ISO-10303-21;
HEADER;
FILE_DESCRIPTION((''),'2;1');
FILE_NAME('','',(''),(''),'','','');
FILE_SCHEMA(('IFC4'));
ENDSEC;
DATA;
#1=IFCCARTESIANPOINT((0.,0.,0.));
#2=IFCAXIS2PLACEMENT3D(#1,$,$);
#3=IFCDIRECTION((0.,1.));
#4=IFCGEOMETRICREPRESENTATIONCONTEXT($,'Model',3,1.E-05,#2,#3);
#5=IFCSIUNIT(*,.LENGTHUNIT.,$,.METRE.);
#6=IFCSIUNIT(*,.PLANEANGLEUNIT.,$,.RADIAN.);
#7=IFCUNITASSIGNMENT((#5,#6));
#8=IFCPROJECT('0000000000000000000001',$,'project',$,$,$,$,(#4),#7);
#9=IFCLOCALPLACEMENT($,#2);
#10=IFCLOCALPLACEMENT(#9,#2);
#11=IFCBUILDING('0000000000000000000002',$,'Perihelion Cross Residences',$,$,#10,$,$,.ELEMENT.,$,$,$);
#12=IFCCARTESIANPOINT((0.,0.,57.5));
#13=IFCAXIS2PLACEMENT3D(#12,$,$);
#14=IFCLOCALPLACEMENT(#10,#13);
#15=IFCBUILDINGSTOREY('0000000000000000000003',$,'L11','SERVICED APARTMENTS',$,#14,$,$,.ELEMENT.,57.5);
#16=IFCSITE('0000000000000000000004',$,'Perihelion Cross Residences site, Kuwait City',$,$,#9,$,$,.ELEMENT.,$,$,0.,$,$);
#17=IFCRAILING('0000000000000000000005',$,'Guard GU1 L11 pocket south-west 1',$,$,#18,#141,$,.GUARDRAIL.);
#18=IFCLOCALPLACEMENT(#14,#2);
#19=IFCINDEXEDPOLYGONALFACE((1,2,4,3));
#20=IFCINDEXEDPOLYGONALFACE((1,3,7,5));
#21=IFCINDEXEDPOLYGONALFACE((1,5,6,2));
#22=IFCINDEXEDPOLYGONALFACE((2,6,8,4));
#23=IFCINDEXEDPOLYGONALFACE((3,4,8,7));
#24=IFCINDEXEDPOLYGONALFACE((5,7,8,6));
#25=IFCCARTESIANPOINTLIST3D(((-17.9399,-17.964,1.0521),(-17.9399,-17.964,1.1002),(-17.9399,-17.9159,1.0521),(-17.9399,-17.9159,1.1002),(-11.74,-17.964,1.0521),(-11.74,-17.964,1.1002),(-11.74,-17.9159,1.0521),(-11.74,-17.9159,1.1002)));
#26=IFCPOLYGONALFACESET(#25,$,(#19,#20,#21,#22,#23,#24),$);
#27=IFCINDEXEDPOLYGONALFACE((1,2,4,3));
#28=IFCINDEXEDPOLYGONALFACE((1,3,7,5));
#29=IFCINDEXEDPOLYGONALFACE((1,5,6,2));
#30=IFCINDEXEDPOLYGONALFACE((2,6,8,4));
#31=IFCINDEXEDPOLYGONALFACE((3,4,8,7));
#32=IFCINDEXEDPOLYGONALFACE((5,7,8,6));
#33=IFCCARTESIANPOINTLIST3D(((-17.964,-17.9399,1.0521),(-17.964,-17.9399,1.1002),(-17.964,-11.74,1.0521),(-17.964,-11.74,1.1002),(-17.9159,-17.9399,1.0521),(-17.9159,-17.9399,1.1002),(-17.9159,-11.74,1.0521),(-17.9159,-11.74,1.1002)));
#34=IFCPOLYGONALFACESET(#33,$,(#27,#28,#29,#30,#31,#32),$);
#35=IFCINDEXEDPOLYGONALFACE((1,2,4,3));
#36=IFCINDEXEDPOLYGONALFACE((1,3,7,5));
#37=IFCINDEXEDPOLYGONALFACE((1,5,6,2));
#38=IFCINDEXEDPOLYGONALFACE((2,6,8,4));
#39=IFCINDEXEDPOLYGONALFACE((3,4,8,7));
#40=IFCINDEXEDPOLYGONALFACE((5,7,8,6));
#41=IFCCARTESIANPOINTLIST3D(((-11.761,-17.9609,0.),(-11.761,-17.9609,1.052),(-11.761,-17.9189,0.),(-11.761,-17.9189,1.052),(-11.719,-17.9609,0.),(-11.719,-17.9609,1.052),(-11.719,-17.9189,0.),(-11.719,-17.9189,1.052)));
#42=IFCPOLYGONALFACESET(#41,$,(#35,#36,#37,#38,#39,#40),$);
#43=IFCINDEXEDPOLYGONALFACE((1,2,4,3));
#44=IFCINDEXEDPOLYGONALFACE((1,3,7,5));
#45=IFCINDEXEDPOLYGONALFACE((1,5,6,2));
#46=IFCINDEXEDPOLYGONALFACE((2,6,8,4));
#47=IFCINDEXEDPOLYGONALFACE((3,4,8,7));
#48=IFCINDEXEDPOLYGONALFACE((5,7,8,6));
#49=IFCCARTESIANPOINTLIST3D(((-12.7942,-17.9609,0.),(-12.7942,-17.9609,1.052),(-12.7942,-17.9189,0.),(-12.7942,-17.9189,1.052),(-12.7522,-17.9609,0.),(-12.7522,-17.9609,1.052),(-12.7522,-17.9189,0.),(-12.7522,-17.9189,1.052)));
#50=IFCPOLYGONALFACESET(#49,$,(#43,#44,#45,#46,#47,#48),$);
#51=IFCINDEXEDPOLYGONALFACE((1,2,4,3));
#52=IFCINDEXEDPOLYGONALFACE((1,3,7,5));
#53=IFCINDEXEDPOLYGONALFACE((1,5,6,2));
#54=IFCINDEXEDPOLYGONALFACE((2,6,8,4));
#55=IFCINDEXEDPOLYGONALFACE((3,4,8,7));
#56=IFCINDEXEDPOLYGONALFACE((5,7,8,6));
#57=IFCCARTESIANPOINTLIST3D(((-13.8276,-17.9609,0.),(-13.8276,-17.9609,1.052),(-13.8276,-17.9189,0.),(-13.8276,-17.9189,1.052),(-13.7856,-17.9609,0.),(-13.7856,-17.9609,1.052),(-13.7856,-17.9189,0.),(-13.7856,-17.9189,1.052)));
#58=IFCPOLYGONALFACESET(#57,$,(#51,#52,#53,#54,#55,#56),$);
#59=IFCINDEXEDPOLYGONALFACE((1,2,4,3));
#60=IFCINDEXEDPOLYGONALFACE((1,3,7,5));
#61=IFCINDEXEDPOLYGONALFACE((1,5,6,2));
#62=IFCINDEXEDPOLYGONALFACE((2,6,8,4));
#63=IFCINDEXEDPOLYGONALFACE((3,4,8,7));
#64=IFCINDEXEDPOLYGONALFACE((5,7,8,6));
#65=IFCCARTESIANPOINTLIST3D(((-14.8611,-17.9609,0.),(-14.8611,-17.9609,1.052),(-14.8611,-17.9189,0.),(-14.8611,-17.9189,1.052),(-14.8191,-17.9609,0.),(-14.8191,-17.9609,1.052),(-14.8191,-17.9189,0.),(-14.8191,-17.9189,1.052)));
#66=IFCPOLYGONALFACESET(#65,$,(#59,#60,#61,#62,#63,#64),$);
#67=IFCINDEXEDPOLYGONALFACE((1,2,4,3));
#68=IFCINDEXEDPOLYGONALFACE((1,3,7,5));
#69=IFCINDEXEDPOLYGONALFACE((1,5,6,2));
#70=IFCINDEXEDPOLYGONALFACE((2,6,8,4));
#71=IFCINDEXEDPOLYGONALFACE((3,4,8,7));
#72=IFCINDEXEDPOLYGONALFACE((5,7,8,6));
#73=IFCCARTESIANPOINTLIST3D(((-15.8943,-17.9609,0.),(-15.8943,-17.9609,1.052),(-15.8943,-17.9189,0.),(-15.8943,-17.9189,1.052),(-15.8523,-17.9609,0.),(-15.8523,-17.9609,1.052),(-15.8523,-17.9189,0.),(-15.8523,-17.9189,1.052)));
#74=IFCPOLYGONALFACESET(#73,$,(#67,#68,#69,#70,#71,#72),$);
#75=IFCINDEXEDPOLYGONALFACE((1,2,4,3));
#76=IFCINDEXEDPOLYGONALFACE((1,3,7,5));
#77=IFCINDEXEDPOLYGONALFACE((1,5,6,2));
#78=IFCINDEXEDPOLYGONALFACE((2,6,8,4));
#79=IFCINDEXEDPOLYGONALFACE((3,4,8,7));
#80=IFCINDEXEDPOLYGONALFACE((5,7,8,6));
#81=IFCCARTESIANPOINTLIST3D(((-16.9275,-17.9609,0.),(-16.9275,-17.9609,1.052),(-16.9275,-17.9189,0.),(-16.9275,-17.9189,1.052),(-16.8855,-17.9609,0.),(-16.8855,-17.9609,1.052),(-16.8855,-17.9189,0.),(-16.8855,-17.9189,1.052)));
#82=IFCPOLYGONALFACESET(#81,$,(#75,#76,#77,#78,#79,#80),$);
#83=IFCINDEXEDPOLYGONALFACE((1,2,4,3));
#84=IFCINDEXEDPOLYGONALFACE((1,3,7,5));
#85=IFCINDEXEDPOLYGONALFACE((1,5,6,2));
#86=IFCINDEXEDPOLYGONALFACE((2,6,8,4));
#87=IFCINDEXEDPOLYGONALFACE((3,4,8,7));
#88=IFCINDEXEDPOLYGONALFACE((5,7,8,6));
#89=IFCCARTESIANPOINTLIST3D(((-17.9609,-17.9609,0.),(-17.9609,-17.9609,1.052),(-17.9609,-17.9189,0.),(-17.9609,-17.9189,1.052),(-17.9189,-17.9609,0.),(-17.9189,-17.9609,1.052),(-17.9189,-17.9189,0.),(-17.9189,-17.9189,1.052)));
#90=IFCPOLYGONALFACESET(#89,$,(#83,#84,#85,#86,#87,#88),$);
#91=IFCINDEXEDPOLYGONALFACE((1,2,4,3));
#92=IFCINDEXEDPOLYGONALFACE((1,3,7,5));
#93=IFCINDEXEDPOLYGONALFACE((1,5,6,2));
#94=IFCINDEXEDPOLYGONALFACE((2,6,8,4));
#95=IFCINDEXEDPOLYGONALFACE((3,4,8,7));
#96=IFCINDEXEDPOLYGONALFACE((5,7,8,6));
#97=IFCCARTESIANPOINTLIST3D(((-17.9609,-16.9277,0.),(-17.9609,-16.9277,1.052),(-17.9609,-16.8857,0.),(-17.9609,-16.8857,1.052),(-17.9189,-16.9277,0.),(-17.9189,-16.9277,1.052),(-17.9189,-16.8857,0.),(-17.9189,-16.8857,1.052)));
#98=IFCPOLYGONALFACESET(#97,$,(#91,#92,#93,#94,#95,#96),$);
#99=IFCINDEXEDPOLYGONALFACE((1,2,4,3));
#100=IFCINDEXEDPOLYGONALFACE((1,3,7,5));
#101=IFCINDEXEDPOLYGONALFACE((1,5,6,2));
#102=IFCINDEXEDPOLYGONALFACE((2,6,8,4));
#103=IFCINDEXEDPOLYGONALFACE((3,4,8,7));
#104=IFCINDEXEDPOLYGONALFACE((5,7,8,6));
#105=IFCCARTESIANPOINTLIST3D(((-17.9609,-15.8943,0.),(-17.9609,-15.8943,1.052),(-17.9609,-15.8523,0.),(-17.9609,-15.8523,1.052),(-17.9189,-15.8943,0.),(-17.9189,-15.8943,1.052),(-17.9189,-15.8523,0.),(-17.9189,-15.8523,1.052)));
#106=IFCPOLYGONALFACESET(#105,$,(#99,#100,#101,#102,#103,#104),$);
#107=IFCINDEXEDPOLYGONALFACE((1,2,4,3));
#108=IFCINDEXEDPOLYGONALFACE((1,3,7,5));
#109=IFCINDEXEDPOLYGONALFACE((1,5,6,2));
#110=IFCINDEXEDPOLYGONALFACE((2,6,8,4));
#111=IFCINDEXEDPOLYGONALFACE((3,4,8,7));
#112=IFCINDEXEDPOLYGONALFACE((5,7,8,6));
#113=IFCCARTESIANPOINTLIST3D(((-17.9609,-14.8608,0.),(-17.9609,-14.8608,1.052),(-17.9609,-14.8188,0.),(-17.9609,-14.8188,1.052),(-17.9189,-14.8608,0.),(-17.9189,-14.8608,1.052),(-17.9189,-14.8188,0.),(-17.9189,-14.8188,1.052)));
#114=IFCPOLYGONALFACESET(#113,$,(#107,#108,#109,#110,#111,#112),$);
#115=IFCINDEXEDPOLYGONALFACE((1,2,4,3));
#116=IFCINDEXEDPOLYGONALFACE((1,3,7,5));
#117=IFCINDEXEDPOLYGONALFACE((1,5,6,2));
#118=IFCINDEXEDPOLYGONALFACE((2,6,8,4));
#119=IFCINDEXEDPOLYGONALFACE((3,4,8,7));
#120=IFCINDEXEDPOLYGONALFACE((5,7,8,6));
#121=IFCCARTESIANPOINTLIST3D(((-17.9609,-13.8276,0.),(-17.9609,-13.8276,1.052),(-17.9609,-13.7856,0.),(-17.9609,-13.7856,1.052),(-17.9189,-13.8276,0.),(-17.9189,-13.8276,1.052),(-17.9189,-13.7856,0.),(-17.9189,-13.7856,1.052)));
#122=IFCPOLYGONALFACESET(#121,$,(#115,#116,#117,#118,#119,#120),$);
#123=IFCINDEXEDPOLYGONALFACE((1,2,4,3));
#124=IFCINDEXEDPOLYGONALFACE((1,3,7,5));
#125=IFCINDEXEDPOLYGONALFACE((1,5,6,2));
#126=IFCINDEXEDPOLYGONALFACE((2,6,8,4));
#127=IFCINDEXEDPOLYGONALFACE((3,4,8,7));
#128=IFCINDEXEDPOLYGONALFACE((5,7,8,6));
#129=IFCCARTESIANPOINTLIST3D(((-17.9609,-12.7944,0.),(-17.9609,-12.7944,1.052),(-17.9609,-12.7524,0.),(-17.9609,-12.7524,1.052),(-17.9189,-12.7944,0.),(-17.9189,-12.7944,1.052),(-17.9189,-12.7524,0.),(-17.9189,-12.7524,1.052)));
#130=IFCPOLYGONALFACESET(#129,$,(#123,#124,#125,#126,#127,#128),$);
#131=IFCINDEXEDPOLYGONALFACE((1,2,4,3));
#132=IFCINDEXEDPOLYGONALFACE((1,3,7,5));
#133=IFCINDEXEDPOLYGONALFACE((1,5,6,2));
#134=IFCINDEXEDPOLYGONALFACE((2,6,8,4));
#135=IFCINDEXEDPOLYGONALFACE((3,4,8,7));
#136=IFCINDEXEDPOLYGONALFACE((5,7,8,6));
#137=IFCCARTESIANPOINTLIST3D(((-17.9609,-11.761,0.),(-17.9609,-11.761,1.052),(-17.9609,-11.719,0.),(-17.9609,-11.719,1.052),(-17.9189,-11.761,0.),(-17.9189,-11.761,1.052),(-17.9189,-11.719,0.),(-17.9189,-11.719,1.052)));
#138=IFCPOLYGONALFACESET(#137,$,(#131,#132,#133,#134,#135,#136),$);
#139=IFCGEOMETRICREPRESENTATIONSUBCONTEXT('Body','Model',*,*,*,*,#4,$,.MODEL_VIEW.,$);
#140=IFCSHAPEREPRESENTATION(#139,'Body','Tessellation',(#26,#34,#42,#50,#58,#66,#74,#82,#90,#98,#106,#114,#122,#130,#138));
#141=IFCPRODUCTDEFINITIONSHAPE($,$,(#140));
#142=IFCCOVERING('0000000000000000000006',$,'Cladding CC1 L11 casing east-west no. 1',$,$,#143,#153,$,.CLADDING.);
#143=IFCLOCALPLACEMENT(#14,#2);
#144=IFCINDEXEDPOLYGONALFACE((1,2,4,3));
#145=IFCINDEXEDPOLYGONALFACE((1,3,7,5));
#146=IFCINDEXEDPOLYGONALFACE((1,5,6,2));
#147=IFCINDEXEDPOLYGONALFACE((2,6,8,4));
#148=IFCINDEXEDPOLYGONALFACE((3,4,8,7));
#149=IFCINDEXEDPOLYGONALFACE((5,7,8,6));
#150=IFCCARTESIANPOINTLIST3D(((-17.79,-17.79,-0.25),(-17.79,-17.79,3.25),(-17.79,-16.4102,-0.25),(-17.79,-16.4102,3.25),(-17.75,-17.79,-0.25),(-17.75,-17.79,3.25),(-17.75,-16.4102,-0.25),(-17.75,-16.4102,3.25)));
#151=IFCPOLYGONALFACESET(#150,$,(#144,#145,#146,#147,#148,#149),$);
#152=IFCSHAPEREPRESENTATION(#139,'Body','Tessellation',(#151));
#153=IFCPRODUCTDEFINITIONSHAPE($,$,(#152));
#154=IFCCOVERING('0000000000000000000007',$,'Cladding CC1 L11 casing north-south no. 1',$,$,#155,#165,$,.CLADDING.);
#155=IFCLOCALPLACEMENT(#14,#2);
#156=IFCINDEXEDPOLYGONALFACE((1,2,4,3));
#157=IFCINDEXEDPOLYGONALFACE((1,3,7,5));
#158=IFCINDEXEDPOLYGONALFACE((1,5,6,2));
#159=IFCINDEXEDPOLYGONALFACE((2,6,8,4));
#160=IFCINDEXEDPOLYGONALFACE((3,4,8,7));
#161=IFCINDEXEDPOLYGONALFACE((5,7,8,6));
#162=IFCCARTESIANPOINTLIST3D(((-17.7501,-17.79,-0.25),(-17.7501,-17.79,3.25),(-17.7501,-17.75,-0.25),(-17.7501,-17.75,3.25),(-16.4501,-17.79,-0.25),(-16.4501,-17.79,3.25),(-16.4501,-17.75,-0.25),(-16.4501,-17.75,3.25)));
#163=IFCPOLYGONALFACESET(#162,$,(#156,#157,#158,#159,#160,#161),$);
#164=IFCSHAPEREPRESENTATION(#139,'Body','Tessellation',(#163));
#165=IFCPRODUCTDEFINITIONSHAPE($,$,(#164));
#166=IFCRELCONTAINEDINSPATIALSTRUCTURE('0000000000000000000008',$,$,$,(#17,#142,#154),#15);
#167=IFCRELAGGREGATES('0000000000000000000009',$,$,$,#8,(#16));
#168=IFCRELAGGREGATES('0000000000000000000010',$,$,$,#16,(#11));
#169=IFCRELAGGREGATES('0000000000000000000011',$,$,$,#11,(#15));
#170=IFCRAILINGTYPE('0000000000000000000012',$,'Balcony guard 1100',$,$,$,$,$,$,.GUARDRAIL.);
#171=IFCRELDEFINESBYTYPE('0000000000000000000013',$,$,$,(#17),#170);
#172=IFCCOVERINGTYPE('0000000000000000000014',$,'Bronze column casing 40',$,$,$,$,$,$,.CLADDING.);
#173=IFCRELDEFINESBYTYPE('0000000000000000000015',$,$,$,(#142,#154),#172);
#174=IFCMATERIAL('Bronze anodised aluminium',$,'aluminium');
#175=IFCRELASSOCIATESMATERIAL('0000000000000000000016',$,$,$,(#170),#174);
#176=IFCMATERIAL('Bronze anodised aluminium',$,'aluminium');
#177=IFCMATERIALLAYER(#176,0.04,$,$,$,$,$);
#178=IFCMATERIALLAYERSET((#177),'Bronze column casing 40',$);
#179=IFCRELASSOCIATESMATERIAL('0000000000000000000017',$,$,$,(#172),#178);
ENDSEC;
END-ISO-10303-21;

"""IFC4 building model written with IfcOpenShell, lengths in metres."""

from ifc_helpers import new_model, si_unit, direction, frame, origin, origin_2d, place, context, subcontext, project, spatial, rectangle, extrude, material, layer, layer_set, type_object, element, save


model = new_model("IFC4")

# Units and contexts
model_context = context("Model", 3, precision=1e-05, world=origin(), true_north=direction((0.0, 1.0)))
body_context = subcontext(model_context, "Body", "Model", "MODEL_VIEW")
ifc_project = project(units=[si_unit("LENGTHUNIT", "METRE"), si_unit("PLANEANGLEUNIT", "RADIAN")], contexts=[model_context])

# Site, building, storey
site_placement = place(None, origin())
site = spatial("IfcSite", under=ifc_project, at=site_placement, Name="Perihelion Cross Residences site, Kuwait City", CompositionType="ELEMENT", RefElevation=0.0)
building_placement = place(site_placement, origin())
building = spatial("IfcBuilding", under=site, at=building_placement, Name="Perihelion Cross Residences", CompositionType="ELEMENT")
storey_placement = place(building_placement, frame((0.0, 0.0, 57.5)))
storey = spatial("IfcBuildingStorey", under=building, at=storey_placement, Name="L11", Description="SERVICED APARTMENTS", CompositionType="ELEMENT", Elevation=57.5)

# Railing
ifc_material_1 = material(Name="Bronze anodised aluminium", Category="aluminium")
railing_type = type_object("IfcRailingType", Name="Balcony guard 1100", PredefinedType="GUARDRAIL", material=ifc_material_1)
railing_1_placement = place(storey_placement, frame((-11.74, -17.9399, 0.0)))
element("IfcRailing", 1, at=railing_1_placement, inside=storey, type_object=railing_type, Name="Guard GU1 L11 pocket south-west 1", PredefinedType="GUARDRAIL", context=body_context, shape_type="SweptSolid", body=[
    extrude(rectangle(XDim=0.0481, YDim=0.0481, at=origin_2d()), frame((0.0, 0.0, 1.0762), z_axis=(-1.0, 0.0, 0.0), x_axis=(0.0, -1.0, 0.0)), (0.0, 0.0, 1.0), 6.2),
    extrude(rectangle(XDim=0.0481, YDim=0.0481, at=origin_2d()), frame((-6.2, 0.0, 1.0762), z_axis=(0.0, 1.0, 0.0), x_axis=(-1.0, 0.0, 0.0)), (0.0, 0.0, 1.0), 6.2),
    extrude(rectangle(XDim=0.042, YDim=0.042, at=origin_2d()), origin(), (0.0, 0.0, 1.0), 1.052),
    extrude(rectangle(XDim=0.042, YDim=0.042, at=origin_2d()), frame((-1.0332, 0.0, 0.0)), (0.0, 0.0, 1.0), 1.052),
    extrude(rectangle(XDim=0.042, YDim=0.042, at=origin_2d()), frame((-2.0667, 0.0, 0.0)), (0.0, 0.0, 1.0), 1.052),
    extrude(rectangle(XDim=0.042, YDim=0.042, at=origin_2d()), frame((-3.1001, 0.0, 0.0)), (0.0, 0.0, 1.0), 1.052),
    extrude(rectangle(XDim=0.042, YDim=0.042, at=origin_2d()), frame((-4.1333, 0.0, 0.0)), (0.0, 0.0, 1.0), 1.052),
    extrude(rectangle(XDim=0.042, YDim=0.042, at=origin_2d()), frame((-5.1665, 0.0, 0.0)), (0.0, 0.0, 1.0), 1.052),
    extrude(rectangle(XDim=0.042, YDim=0.042, at=origin_2d()), frame((-6.2, 0.0, 0.0)), (0.0, 0.0, 1.0), 1.052),
    extrude(rectangle(XDim=0.042, YDim=0.042, at=origin_2d()), frame((-6.2, 1.0332, 0.0)), (0.0, 0.0, 1.0), 1.052),
    extrude(rectangle(XDim=0.042, YDim=0.042, at=origin_2d()), frame((-6.2, 2.0667, 0.0)), (0.0, 0.0, 1.0), 1.052),
    extrude(rectangle(XDim=0.042, YDim=0.042, at=origin_2d()), frame((-6.2, 3.1001, 0.0)), (0.0, 0.0, 1.0), 1.052),
    extrude(rectangle(XDim=0.042, YDim=0.042, at=origin_2d()), frame((-6.2, 4.1333, 0.0)), (0.0, 0.0, 1.0), 1.052),
    extrude(rectangle(XDim=0.042, YDim=0.042, at=origin_2d()), frame((-6.2, 5.1665, 0.0)), (0.0, 0.0, 1.0), 1.052),
    extrude(rectangle(XDim=0.042, YDim=0.042, at=origin_2d()), frame((-6.2, 6.2, 0.0)), (0.0, 0.0, 1.0), 1.052),
])

# Coverings
ifc_material_2 = material(Name="Bronze anodised aluminium", Category="aluminium")
ifc_layer_1 = layer(ifc_material_2, 0.04)
ifc_layer_set_1 = layer_set([ifc_layer_1], Name="Bronze column casing 40")
covering_type = type_object("IfcCoveringType", Name="Bronze column casing 40", PredefinedType="CLADDING", material=ifc_layer_set_1)
covering_1_placement = place(storey_placement, frame((-17.77, -17.1001, -0.25), z_axis=(0.0, 0.0, 1.0), x_axis=(1.0, 0.0, 0.0)))
element("IfcCovering", 2, at=covering_1_placement, inside=storey, type_object=covering_type, Name="Cladding CC1 L11 casing east-west no. 1", PredefinedType="CLADDING", context=body_context, shape_type="SweptSolid", body=[
    extrude(rectangle(XDim=0.04, YDim=1.3799, at=origin_2d()), origin(), (0.0, 0.0, 1.0), 3.5),
])
covering_2_placement = place(storey_placement, frame((-17.1001, -17.77, -0.25), z_axis=(0.0, 0.0, 1.0), x_axis=(1.0, 0.0, 0.0)))
element("IfcCovering", 3, at=covering_2_placement, inside=storey, type_object=covering_type, Name="Cladding CC1 L11 casing north-south no. 1", PredefinedType="CLADDING", context=body_context, shape_type="SweptSolid", body=[
    extrude(rectangle(XDim=1.3, YDim=0.04, at=origin_2d()), origin(), (0.0, 0.0, 1.0), 3.5),
])

save(model, "model.ifc")
